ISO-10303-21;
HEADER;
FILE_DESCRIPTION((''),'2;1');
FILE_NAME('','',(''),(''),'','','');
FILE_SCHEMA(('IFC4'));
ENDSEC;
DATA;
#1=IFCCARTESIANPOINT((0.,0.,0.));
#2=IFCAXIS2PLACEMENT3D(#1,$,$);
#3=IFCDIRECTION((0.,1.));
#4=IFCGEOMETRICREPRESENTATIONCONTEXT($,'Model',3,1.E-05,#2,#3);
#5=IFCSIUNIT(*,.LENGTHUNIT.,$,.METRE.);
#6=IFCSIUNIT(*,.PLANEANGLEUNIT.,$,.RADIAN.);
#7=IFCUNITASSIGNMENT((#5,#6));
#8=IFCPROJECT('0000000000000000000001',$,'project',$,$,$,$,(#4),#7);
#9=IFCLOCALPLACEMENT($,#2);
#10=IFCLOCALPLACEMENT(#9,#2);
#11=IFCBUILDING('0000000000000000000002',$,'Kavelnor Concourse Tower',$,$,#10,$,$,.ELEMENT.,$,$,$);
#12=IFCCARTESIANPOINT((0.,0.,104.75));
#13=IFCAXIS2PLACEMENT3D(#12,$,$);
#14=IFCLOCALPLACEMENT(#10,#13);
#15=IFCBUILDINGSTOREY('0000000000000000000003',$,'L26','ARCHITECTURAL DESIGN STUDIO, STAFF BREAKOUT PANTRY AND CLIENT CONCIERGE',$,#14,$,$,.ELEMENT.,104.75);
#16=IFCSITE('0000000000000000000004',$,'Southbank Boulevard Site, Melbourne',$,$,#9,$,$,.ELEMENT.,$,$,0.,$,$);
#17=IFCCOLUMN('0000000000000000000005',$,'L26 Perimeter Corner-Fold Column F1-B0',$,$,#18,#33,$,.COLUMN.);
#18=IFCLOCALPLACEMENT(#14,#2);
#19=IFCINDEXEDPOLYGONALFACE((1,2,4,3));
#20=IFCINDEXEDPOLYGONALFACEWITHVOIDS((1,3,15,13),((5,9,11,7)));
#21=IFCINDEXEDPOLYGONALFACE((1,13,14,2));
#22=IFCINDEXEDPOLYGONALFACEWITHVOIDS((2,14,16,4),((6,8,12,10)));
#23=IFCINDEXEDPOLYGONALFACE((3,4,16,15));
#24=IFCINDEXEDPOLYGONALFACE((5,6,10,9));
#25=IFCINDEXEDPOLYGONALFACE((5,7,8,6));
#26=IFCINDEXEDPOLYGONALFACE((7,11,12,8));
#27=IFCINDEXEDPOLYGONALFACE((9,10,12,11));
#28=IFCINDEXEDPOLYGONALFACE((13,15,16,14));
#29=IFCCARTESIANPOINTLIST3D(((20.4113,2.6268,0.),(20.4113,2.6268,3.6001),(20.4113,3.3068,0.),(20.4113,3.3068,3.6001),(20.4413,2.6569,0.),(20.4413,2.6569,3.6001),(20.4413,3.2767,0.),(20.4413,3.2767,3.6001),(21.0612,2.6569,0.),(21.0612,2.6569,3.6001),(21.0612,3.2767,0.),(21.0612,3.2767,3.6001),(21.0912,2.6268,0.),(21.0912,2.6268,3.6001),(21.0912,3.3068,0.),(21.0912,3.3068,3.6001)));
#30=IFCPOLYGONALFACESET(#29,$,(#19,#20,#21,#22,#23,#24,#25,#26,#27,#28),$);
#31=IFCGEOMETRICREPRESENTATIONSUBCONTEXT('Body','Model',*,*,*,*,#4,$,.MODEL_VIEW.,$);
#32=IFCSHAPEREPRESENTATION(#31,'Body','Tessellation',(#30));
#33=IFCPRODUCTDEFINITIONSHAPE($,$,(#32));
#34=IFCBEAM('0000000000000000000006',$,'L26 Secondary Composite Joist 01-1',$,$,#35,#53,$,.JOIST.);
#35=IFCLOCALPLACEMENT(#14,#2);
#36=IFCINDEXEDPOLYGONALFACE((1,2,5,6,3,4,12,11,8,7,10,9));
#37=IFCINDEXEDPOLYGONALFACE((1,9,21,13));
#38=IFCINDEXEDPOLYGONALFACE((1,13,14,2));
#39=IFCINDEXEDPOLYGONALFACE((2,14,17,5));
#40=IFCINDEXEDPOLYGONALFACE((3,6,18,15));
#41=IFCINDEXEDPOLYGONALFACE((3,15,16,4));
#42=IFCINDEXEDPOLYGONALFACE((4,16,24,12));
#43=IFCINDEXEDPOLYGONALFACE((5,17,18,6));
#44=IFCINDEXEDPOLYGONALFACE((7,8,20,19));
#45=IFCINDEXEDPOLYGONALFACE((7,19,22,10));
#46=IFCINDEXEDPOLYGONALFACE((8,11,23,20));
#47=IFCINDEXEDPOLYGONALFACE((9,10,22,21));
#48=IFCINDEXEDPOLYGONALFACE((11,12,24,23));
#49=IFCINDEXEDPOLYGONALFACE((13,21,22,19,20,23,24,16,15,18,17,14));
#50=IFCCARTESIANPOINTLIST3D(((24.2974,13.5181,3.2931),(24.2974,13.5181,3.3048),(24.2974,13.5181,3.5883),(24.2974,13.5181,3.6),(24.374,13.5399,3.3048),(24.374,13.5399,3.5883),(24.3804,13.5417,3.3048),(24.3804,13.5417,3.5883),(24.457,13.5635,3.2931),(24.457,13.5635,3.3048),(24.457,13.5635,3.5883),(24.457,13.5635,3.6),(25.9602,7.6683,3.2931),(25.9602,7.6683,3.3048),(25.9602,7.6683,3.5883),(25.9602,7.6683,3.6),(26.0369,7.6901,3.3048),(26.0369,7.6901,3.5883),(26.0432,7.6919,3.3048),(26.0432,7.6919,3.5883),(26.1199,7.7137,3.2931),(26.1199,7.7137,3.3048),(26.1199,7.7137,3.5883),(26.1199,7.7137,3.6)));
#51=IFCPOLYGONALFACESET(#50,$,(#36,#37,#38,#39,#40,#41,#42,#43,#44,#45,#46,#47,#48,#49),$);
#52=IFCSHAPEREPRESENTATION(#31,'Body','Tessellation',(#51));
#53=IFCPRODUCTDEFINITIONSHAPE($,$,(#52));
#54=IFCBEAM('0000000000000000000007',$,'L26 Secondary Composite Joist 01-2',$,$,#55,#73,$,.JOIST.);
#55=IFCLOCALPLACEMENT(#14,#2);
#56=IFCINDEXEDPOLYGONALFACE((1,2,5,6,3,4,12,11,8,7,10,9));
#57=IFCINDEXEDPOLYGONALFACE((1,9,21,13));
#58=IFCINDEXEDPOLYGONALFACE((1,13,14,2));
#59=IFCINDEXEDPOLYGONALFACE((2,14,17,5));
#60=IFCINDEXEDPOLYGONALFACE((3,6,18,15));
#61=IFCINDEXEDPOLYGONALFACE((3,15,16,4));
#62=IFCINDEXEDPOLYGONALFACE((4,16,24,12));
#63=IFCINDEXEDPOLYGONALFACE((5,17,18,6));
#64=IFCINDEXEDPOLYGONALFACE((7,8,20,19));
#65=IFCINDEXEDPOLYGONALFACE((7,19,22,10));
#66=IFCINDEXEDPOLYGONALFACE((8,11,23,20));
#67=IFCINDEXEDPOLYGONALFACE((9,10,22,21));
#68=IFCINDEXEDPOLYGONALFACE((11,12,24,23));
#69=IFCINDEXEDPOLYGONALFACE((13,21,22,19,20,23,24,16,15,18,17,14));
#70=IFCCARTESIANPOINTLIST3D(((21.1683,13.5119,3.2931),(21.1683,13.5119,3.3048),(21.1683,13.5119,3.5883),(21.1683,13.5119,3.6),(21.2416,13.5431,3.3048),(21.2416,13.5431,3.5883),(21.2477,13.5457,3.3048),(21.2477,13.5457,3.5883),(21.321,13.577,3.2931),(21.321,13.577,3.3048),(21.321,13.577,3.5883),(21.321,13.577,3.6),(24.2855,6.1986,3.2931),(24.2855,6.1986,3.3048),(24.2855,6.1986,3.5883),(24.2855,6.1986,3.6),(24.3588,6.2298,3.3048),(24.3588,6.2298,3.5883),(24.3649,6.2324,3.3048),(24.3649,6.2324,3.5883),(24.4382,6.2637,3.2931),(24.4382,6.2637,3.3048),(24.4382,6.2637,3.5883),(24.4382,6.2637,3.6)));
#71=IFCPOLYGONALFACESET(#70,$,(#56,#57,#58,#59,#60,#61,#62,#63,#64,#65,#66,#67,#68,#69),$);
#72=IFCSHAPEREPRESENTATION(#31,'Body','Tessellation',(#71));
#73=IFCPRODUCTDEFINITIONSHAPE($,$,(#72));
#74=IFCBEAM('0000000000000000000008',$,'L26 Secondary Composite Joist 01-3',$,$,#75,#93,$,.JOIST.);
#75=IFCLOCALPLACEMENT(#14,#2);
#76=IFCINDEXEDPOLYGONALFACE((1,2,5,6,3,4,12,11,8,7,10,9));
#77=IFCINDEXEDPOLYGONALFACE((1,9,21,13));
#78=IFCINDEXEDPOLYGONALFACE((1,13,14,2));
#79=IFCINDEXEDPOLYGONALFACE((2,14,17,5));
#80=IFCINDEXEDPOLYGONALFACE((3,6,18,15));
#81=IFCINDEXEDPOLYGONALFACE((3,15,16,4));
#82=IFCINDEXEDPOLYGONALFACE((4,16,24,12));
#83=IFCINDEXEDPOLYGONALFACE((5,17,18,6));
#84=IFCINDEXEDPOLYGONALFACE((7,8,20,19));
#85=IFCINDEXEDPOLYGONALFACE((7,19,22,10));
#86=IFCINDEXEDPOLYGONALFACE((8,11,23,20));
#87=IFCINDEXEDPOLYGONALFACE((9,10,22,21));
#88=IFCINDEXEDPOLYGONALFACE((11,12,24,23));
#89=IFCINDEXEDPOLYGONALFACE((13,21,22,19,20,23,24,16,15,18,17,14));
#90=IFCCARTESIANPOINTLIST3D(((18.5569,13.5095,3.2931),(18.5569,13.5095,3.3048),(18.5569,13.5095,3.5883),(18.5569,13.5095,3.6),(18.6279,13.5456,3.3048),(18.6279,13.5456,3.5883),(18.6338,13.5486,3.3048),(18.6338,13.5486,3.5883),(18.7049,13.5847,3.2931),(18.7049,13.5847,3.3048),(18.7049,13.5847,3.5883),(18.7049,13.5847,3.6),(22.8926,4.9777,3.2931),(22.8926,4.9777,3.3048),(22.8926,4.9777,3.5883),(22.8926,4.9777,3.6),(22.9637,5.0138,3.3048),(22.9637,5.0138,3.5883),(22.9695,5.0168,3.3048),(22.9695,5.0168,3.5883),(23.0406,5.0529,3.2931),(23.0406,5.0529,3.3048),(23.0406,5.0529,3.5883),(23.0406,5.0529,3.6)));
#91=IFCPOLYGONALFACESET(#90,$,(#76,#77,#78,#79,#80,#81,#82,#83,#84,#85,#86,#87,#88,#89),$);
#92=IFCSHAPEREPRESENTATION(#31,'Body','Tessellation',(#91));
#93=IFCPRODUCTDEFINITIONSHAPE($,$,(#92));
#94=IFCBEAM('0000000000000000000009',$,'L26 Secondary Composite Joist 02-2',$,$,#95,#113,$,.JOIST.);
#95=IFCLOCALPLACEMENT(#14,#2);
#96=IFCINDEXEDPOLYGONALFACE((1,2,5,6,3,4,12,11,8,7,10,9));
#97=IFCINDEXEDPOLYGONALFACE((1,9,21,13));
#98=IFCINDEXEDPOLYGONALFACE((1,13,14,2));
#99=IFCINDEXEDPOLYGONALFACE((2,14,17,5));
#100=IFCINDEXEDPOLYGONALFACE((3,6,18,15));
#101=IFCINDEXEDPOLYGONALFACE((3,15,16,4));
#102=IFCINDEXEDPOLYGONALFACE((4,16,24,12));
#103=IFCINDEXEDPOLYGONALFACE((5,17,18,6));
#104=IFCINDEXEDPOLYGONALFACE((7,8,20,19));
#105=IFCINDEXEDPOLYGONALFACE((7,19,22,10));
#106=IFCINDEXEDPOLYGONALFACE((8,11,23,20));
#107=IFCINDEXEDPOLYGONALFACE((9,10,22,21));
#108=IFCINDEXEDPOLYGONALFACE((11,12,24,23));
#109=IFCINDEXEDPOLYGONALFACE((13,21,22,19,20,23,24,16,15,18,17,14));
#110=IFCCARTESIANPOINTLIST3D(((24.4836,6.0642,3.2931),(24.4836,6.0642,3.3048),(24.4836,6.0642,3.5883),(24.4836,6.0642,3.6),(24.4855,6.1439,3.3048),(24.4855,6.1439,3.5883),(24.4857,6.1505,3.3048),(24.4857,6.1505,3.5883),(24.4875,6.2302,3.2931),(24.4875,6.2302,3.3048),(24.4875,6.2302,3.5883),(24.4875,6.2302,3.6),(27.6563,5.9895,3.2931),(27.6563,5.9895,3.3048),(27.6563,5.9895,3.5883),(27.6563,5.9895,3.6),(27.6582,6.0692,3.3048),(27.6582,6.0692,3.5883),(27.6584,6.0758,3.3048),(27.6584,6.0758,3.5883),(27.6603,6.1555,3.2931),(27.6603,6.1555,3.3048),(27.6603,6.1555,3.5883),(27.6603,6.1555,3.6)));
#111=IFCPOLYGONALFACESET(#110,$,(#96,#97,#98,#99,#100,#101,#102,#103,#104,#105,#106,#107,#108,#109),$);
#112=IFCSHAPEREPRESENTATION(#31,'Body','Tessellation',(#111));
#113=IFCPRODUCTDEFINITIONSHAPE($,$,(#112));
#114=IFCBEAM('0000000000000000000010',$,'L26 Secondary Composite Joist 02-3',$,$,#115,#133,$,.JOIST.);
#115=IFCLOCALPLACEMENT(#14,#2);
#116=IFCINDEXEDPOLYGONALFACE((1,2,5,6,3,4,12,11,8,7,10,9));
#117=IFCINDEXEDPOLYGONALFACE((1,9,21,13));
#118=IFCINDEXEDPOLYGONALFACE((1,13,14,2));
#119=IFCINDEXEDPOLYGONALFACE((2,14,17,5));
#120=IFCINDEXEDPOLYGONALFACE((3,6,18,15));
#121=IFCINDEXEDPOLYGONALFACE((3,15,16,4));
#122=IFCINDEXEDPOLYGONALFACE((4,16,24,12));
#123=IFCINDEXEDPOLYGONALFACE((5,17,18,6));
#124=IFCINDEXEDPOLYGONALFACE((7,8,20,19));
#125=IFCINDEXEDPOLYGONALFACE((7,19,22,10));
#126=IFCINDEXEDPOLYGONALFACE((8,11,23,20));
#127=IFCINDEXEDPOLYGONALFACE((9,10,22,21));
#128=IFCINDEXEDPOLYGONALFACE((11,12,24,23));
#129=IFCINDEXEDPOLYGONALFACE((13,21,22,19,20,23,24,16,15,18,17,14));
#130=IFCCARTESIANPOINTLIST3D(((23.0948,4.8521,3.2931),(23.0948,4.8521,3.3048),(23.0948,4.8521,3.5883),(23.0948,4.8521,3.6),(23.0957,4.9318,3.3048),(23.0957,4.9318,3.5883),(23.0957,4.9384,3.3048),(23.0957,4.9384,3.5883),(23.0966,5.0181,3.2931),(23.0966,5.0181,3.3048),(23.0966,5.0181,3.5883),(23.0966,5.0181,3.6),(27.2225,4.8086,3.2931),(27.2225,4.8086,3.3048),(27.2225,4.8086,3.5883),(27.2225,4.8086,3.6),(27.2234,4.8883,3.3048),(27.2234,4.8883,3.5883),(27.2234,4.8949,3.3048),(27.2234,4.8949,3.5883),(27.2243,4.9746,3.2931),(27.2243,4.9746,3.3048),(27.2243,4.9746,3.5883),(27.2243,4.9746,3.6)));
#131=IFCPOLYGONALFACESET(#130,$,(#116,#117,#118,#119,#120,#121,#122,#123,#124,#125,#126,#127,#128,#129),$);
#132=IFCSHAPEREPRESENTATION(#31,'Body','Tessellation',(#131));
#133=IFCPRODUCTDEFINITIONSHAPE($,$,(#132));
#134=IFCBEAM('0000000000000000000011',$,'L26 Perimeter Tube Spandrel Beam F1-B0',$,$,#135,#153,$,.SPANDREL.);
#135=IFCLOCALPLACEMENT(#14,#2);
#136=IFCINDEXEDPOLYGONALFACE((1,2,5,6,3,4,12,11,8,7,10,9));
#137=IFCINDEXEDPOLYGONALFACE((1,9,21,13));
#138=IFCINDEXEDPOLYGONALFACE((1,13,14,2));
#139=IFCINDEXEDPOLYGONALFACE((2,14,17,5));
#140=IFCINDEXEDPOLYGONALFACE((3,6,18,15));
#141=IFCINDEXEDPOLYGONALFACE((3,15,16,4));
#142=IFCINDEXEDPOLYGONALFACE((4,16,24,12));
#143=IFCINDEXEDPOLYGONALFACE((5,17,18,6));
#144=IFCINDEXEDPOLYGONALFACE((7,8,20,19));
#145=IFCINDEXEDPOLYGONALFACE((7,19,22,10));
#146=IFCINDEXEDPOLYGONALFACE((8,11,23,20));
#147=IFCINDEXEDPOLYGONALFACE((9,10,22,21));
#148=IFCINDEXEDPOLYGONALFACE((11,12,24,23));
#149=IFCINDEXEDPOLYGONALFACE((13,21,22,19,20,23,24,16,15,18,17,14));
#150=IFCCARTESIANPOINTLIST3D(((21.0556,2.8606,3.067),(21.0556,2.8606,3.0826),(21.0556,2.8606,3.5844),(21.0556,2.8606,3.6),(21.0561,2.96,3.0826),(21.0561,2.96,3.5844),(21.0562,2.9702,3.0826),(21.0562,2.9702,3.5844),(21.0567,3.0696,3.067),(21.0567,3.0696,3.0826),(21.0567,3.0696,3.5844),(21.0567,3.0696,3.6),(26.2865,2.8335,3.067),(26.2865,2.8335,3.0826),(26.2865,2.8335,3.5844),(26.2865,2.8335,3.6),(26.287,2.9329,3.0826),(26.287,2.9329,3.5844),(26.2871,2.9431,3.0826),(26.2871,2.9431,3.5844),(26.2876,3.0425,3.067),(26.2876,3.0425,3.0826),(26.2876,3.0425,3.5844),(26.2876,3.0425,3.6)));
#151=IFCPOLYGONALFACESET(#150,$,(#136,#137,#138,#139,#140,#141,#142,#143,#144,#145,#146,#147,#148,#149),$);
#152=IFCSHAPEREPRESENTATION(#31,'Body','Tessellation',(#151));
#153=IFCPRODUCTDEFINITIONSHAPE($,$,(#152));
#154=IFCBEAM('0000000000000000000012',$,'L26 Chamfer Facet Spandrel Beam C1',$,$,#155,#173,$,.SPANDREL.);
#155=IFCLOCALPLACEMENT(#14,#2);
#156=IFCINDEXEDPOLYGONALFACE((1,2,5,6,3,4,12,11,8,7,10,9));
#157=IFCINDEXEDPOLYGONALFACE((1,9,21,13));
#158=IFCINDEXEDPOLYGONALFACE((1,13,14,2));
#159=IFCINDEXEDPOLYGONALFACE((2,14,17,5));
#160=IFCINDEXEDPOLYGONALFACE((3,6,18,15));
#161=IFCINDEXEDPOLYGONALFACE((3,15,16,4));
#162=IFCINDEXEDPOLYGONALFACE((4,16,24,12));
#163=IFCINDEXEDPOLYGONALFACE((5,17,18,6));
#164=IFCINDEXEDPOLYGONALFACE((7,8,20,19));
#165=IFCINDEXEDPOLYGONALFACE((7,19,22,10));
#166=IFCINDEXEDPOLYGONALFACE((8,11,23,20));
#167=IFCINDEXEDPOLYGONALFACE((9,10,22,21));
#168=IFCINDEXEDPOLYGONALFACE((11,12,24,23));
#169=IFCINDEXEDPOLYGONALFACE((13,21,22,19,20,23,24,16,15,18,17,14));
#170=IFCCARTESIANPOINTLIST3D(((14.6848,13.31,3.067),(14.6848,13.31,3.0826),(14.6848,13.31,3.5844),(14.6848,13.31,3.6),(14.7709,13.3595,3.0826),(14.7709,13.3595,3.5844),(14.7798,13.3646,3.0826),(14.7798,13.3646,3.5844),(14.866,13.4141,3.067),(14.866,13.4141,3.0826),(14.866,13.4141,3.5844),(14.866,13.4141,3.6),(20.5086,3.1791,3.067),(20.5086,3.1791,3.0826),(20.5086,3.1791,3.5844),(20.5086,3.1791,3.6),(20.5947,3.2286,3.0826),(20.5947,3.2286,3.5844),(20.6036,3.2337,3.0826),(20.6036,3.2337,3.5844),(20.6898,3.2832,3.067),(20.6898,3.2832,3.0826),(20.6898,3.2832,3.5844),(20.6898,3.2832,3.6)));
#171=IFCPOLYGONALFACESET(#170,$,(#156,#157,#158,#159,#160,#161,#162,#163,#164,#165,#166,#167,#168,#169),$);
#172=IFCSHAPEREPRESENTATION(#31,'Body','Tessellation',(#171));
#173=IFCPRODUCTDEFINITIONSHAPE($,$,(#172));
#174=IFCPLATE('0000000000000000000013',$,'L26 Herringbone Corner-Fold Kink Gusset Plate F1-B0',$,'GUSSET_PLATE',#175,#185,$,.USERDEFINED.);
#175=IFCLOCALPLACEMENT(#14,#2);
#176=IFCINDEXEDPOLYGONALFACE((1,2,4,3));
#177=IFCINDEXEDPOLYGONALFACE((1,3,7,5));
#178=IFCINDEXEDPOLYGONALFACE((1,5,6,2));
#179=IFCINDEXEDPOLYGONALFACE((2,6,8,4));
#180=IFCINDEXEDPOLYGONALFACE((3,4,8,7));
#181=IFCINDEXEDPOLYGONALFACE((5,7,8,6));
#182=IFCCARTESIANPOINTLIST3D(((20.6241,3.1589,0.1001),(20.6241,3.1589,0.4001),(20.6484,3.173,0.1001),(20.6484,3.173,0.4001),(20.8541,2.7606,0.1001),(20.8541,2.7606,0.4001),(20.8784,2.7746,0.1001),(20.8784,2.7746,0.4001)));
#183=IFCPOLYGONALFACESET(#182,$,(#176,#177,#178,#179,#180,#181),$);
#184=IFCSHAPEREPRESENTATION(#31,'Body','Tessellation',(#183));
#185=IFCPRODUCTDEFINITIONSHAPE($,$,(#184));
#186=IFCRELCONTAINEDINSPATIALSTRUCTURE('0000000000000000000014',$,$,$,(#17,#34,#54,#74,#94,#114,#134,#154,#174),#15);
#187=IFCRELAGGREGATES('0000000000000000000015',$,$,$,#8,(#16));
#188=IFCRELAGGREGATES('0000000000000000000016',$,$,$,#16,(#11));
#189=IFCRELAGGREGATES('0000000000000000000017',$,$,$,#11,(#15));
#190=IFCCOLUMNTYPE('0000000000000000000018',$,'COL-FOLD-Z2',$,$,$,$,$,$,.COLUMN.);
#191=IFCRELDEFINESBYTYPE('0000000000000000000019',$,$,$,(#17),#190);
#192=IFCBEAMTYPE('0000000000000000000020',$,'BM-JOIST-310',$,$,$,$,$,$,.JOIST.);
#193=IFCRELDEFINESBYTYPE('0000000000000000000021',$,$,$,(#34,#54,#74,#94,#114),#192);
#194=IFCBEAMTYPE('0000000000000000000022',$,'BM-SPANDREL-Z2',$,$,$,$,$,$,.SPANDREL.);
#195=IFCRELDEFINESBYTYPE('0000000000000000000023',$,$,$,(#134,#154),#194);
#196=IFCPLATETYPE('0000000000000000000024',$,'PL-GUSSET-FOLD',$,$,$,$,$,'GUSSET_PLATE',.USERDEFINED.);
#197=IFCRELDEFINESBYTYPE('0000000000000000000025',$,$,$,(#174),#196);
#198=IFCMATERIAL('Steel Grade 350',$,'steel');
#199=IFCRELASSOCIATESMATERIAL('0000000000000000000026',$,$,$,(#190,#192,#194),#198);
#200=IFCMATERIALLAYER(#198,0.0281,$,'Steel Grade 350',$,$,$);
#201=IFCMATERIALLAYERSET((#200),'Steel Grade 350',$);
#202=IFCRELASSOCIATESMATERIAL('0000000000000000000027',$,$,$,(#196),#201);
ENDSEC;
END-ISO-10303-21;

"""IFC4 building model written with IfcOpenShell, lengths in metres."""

from ifc_helpers import new_model, si_unit, direction, frame, origin, origin_2d, place, context, subcontext, project, spatial, rectangle, hollow_rectangle, i_section, extrude, material, layer, layer_set, material_profile, profile_set, type_object, element, save


model = new_model("IFC4")

# Units and contexts
model_context = context("Model", 3, precision=1e-05, world=origin(), true_north=direction((0.0, 1.0)))
body_context = subcontext(model_context, "Body", "Model", "MODEL_VIEW")
ifc_project = project(units=[si_unit("LENGTHUNIT", "METRE"), si_unit("PLANEANGLEUNIT", "RADIAN")], contexts=[model_context])

# Site, building, storey
site_placement = place(None, origin())
site = spatial("IfcSite", under=ifc_project, at=site_placement, Name="Southbank Boulevard Site, Melbourne", CompositionType="ELEMENT", RefElevation=0.0)
building_placement = place(site_placement, origin())
building = spatial("IfcBuilding", under=site, at=building_placement, Name="Kavelnor Concourse Tower", CompositionType="ELEMENT")
storey_placement = place(building_placement, frame((0.0, 0.0, 104.75)))
storey = spatial("IfcBuildingStorey", under=building, at=storey_placement, Name="L26", Description="ARCHITECTURAL DESIGN STUDIO, STAFF BREAKOUT PANTRY AND CLIENT CONCIERGE", CompositionType="ELEMENT", Elevation=104.75)

# Column
ifc_material_1 = material(Name="Steel Grade 350", Category="steel")
ifc_material_profile_1 = material_profile(ifc_material_1, hollow_rectangle(XDim=0.6799, YDim=0.6799, WallThickness=0.03, at=origin_2d()), Name="SHS 680x680x30")
ifc_profile_set_1 = profile_set([ifc_material_profile_1], Name="Steel Grade 350")
column_type = type_object("IfcColumnType", Name="COL-FOLD-Z2", PredefinedType="COLUMN", material=ifc_profile_set_1)
column_placement = place(storey_placement, frame((20.7512, 2.9668, 0.0), z_axis=(0.0, 0.0, 1.0), x_axis=(1.0, 0.0, 0.0)))
element("IfcColumn", 1, at=column_placement, inside=storey, type_object=column_type, Name="L26 Perimeter Corner-Fold Column F1-B0", PredefinedType="COLUMN", context=body_context, shape_type="SweptSolid", body=[
    extrude(hollow_rectangle(XDim=0.6799, YDim=0.6799, WallThickness=0.03, at=origin_2d()), origin(), (0.0, 0.0, 1.0), 3.6001),
])

# Beams
ifc_material_profile_2 = material_profile(ifc_material_1, i_section(OverallWidth=0.166, OverallDepth=0.3069, WebThickness=0.0066, FlangeThickness=0.0117, at=origin_2d()), Name="310UB46")
ifc_profile_set_2 = profile_set([ifc_material_profile_2], Name="Steel Grade 350")
beam_type_1 = type_object("IfcBeamType", Name="BM-JOIST-310", PredefinedType="JOIST", material=ifc_profile_set_2)
beam_1_placement = place(storey_placement, frame((24.3772, 13.5408, 3.4465), z_axis=(0.273422, -0.961894, 0.0), x_axis=(0.961894, 0.273422, 0.0)))
element("IfcBeam", 2, at=beam_1_placement, inside=storey, type_object=beam_type_1, Name="L26 Secondary Composite Joist 01-1", PredefinedType="JOIST", context=body_context, shape_type="SweptSolid", body=[
    extrude(i_section(OverallWidth=0.166, OverallDepth=0.3069, WebThickness=0.0066, FlangeThickness=0.0117, at=origin_2d()), origin(), (0.0, 0.0, 1.0), 6.0815),
])
beam_2_placement = place(storey_placement, frame((21.2446, 13.5444, 3.4465), z_axis=(0.392106, -0.91992, 0.0), x_axis=(0.91992, 0.392106, 0.0)))
element("IfcBeam", 3, at=beam_2_placement, inside=storey, type_object=beam_type_1, Name="L26 Secondary Composite Joist 01-2", PredefinedType="JOIST", context=body_context, shape_type="SweptSolid", body=[
    extrude(i_section(OverallWidth=0.166, OverallDepth=0.3069, WebThickness=0.0066, FlangeThickness=0.0117, at=origin_2d()), origin(), (0.0, 0.0, 1.0), 7.95),
])
beam_3_placement = place(storey_placement, frame((18.6309, 13.5471, 3.4465), z_axis=(0.453041, -0.89149, 0.0), x_axis=(0.89149, 0.453041, 0.0)))
element("IfcBeam", 4, at=beam_3_placement, inside=storey, type_object=beam_type_1, Name="L26 Secondary Composite Joist 01-3", PredefinedType="JOIST", context=body_context, shape_type="SweptSolid", body=[
    extrude(i_section(OverallWidth=0.166, OverallDepth=0.3069, WebThickness=0.0066, FlangeThickness=0.0117, at=origin_2d()), origin(), (0.0, 0.0, 1.0), 9.5703),
])
beam_4_placement = place(storey_placement, frame((24.4856, 6.1472, 3.4465), z_axis=(0.999723, -0.023541, 0.0), x_axis=(0.023541, 0.999723, 0.0)))
element("IfcBeam", 5, at=beam_4_placement, inside=storey, type_object=beam_type_1, Name="L26 Secondary Composite Joist 02-2", PredefinedType="JOIST", context=body_context, shape_type="SweptSolid", body=[
    extrude(i_section(OverallWidth=0.166, OverallDepth=0.3069, WebThickness=0.0066, FlangeThickness=0.0117, at=origin_2d()), origin(), (0.0, 0.0, 1.0), 3.1736),
])
beam_5_placement = place(storey_placement, frame((23.0957, 4.9351, 3.4465), z_axis=(0.999945, -0.010528, 0.0), x_axis=(0.010528, 0.999945, 0.0)))
element("IfcBeam", 6, at=beam_5_placement, inside=storey, type_object=beam_type_1, Name="L26 Secondary Composite Joist 02-3", PredefinedType="JOIST", context=body_context, shape_type="SweptSolid", body=[
    extrude(i_section(OverallWidth=0.166, OverallDepth=0.3069, WebThickness=0.0066, FlangeThickness=0.0117, at=origin_2d()), origin(), (0.0, 0.0, 1.0), 4.1279),
])
ifc_material_profile_3 = material_profile(ifc_material_1, i_section(OverallWidth=0.209, OverallDepth=0.533, WebThickness=0.0103, FlangeThickness=0.0156, at=origin_2d()), Name="530UB92")
ifc_profile_set_3 = profile_set([ifc_material_profile_3], Name="Steel Grade 350")
beam_type_2 = type_object("IfcBeamType", Name="BM-SPANDREL-Z2", PredefinedType="SPANDREL", material=ifc_profile_set_3)
beam_6_placement = place(storey_placement, frame((21.0562, 2.9651, 3.3335), z_axis=(0.999987, -0.005181, 0.0), x_axis=(0.005181, 0.999987, 0.0)))
element("IfcBeam", 7, at=beam_6_placement, inside=storey, type_object=beam_type_2, Name="L26 Perimeter Tube Spandrel Beam F1-B0", PredefinedType="SPANDREL", context=body_context, shape_type="SweptSolid", body=[
    extrude(i_section(OverallWidth=0.209, OverallDepth=0.533, WebThickness=0.0103, FlangeThickness=0.0156, at=origin_2d()), origin(), (0.0, 0.0, 1.0), 5.231),
])
beam_7_placement = place(storey_placement, frame((14.7754, 13.3621, 3.3335), z_axis=(0.498374, -0.866962, 0.0), x_axis=(0.866962, 0.498374, 0.0)))
element("IfcBeam", 8, at=beam_7_placement, inside=storey, type_object=beam_type_2, Name="L26 Chamfer Facet Spandrel Beam C1", PredefinedType="SPANDREL", context=body_context, shape_type="SweptSolid", body=[
    extrude(i_section(OverallWidth=0.209, OverallDepth=0.533, WebThickness=0.0103, FlangeThickness=0.0156, at=origin_2d()), origin(), (0.0, 0.0, 1.0), 11.6855),
])

# Plate
ifc_layer_1 = layer(ifc_material_1, 0.0281, Name="Steel Grade 350")
ifc_layer_set_1 = layer_set([ifc_layer_1], Name="Steel Grade 350")
plate_type = type_object("IfcPlateType", Name="PL-GUSSET-FOLD", ElementType="GUSSET_PLATE", PredefinedType="USERDEFINED", material=ifc_layer_set_1)
plate_placement = place(storey_placement, frame((20.7512, 2.9668, 0.1001), z_axis=(0.0, 0.0, 1.0), x_axis=(-0.5, 0.866025, 0.0)))
element("IfcPlate", 9, at=plate_placement, inside=storey, type_object=plate_type, Name="L26 Herringbone Corner-Fold Kink Gusset Plate F1-B0", ObjectType="GUSSET_PLATE", PredefinedType="USERDEFINED", context=body_context, shape_type="SweptSolid", body=[
    extrude(rectangle(XDim=0.46, YDim=0.0281, at=origin_2d()), origin(), (0.0, 0.0, 1.0), 0.3),
])

save(model, "model.ifc")
